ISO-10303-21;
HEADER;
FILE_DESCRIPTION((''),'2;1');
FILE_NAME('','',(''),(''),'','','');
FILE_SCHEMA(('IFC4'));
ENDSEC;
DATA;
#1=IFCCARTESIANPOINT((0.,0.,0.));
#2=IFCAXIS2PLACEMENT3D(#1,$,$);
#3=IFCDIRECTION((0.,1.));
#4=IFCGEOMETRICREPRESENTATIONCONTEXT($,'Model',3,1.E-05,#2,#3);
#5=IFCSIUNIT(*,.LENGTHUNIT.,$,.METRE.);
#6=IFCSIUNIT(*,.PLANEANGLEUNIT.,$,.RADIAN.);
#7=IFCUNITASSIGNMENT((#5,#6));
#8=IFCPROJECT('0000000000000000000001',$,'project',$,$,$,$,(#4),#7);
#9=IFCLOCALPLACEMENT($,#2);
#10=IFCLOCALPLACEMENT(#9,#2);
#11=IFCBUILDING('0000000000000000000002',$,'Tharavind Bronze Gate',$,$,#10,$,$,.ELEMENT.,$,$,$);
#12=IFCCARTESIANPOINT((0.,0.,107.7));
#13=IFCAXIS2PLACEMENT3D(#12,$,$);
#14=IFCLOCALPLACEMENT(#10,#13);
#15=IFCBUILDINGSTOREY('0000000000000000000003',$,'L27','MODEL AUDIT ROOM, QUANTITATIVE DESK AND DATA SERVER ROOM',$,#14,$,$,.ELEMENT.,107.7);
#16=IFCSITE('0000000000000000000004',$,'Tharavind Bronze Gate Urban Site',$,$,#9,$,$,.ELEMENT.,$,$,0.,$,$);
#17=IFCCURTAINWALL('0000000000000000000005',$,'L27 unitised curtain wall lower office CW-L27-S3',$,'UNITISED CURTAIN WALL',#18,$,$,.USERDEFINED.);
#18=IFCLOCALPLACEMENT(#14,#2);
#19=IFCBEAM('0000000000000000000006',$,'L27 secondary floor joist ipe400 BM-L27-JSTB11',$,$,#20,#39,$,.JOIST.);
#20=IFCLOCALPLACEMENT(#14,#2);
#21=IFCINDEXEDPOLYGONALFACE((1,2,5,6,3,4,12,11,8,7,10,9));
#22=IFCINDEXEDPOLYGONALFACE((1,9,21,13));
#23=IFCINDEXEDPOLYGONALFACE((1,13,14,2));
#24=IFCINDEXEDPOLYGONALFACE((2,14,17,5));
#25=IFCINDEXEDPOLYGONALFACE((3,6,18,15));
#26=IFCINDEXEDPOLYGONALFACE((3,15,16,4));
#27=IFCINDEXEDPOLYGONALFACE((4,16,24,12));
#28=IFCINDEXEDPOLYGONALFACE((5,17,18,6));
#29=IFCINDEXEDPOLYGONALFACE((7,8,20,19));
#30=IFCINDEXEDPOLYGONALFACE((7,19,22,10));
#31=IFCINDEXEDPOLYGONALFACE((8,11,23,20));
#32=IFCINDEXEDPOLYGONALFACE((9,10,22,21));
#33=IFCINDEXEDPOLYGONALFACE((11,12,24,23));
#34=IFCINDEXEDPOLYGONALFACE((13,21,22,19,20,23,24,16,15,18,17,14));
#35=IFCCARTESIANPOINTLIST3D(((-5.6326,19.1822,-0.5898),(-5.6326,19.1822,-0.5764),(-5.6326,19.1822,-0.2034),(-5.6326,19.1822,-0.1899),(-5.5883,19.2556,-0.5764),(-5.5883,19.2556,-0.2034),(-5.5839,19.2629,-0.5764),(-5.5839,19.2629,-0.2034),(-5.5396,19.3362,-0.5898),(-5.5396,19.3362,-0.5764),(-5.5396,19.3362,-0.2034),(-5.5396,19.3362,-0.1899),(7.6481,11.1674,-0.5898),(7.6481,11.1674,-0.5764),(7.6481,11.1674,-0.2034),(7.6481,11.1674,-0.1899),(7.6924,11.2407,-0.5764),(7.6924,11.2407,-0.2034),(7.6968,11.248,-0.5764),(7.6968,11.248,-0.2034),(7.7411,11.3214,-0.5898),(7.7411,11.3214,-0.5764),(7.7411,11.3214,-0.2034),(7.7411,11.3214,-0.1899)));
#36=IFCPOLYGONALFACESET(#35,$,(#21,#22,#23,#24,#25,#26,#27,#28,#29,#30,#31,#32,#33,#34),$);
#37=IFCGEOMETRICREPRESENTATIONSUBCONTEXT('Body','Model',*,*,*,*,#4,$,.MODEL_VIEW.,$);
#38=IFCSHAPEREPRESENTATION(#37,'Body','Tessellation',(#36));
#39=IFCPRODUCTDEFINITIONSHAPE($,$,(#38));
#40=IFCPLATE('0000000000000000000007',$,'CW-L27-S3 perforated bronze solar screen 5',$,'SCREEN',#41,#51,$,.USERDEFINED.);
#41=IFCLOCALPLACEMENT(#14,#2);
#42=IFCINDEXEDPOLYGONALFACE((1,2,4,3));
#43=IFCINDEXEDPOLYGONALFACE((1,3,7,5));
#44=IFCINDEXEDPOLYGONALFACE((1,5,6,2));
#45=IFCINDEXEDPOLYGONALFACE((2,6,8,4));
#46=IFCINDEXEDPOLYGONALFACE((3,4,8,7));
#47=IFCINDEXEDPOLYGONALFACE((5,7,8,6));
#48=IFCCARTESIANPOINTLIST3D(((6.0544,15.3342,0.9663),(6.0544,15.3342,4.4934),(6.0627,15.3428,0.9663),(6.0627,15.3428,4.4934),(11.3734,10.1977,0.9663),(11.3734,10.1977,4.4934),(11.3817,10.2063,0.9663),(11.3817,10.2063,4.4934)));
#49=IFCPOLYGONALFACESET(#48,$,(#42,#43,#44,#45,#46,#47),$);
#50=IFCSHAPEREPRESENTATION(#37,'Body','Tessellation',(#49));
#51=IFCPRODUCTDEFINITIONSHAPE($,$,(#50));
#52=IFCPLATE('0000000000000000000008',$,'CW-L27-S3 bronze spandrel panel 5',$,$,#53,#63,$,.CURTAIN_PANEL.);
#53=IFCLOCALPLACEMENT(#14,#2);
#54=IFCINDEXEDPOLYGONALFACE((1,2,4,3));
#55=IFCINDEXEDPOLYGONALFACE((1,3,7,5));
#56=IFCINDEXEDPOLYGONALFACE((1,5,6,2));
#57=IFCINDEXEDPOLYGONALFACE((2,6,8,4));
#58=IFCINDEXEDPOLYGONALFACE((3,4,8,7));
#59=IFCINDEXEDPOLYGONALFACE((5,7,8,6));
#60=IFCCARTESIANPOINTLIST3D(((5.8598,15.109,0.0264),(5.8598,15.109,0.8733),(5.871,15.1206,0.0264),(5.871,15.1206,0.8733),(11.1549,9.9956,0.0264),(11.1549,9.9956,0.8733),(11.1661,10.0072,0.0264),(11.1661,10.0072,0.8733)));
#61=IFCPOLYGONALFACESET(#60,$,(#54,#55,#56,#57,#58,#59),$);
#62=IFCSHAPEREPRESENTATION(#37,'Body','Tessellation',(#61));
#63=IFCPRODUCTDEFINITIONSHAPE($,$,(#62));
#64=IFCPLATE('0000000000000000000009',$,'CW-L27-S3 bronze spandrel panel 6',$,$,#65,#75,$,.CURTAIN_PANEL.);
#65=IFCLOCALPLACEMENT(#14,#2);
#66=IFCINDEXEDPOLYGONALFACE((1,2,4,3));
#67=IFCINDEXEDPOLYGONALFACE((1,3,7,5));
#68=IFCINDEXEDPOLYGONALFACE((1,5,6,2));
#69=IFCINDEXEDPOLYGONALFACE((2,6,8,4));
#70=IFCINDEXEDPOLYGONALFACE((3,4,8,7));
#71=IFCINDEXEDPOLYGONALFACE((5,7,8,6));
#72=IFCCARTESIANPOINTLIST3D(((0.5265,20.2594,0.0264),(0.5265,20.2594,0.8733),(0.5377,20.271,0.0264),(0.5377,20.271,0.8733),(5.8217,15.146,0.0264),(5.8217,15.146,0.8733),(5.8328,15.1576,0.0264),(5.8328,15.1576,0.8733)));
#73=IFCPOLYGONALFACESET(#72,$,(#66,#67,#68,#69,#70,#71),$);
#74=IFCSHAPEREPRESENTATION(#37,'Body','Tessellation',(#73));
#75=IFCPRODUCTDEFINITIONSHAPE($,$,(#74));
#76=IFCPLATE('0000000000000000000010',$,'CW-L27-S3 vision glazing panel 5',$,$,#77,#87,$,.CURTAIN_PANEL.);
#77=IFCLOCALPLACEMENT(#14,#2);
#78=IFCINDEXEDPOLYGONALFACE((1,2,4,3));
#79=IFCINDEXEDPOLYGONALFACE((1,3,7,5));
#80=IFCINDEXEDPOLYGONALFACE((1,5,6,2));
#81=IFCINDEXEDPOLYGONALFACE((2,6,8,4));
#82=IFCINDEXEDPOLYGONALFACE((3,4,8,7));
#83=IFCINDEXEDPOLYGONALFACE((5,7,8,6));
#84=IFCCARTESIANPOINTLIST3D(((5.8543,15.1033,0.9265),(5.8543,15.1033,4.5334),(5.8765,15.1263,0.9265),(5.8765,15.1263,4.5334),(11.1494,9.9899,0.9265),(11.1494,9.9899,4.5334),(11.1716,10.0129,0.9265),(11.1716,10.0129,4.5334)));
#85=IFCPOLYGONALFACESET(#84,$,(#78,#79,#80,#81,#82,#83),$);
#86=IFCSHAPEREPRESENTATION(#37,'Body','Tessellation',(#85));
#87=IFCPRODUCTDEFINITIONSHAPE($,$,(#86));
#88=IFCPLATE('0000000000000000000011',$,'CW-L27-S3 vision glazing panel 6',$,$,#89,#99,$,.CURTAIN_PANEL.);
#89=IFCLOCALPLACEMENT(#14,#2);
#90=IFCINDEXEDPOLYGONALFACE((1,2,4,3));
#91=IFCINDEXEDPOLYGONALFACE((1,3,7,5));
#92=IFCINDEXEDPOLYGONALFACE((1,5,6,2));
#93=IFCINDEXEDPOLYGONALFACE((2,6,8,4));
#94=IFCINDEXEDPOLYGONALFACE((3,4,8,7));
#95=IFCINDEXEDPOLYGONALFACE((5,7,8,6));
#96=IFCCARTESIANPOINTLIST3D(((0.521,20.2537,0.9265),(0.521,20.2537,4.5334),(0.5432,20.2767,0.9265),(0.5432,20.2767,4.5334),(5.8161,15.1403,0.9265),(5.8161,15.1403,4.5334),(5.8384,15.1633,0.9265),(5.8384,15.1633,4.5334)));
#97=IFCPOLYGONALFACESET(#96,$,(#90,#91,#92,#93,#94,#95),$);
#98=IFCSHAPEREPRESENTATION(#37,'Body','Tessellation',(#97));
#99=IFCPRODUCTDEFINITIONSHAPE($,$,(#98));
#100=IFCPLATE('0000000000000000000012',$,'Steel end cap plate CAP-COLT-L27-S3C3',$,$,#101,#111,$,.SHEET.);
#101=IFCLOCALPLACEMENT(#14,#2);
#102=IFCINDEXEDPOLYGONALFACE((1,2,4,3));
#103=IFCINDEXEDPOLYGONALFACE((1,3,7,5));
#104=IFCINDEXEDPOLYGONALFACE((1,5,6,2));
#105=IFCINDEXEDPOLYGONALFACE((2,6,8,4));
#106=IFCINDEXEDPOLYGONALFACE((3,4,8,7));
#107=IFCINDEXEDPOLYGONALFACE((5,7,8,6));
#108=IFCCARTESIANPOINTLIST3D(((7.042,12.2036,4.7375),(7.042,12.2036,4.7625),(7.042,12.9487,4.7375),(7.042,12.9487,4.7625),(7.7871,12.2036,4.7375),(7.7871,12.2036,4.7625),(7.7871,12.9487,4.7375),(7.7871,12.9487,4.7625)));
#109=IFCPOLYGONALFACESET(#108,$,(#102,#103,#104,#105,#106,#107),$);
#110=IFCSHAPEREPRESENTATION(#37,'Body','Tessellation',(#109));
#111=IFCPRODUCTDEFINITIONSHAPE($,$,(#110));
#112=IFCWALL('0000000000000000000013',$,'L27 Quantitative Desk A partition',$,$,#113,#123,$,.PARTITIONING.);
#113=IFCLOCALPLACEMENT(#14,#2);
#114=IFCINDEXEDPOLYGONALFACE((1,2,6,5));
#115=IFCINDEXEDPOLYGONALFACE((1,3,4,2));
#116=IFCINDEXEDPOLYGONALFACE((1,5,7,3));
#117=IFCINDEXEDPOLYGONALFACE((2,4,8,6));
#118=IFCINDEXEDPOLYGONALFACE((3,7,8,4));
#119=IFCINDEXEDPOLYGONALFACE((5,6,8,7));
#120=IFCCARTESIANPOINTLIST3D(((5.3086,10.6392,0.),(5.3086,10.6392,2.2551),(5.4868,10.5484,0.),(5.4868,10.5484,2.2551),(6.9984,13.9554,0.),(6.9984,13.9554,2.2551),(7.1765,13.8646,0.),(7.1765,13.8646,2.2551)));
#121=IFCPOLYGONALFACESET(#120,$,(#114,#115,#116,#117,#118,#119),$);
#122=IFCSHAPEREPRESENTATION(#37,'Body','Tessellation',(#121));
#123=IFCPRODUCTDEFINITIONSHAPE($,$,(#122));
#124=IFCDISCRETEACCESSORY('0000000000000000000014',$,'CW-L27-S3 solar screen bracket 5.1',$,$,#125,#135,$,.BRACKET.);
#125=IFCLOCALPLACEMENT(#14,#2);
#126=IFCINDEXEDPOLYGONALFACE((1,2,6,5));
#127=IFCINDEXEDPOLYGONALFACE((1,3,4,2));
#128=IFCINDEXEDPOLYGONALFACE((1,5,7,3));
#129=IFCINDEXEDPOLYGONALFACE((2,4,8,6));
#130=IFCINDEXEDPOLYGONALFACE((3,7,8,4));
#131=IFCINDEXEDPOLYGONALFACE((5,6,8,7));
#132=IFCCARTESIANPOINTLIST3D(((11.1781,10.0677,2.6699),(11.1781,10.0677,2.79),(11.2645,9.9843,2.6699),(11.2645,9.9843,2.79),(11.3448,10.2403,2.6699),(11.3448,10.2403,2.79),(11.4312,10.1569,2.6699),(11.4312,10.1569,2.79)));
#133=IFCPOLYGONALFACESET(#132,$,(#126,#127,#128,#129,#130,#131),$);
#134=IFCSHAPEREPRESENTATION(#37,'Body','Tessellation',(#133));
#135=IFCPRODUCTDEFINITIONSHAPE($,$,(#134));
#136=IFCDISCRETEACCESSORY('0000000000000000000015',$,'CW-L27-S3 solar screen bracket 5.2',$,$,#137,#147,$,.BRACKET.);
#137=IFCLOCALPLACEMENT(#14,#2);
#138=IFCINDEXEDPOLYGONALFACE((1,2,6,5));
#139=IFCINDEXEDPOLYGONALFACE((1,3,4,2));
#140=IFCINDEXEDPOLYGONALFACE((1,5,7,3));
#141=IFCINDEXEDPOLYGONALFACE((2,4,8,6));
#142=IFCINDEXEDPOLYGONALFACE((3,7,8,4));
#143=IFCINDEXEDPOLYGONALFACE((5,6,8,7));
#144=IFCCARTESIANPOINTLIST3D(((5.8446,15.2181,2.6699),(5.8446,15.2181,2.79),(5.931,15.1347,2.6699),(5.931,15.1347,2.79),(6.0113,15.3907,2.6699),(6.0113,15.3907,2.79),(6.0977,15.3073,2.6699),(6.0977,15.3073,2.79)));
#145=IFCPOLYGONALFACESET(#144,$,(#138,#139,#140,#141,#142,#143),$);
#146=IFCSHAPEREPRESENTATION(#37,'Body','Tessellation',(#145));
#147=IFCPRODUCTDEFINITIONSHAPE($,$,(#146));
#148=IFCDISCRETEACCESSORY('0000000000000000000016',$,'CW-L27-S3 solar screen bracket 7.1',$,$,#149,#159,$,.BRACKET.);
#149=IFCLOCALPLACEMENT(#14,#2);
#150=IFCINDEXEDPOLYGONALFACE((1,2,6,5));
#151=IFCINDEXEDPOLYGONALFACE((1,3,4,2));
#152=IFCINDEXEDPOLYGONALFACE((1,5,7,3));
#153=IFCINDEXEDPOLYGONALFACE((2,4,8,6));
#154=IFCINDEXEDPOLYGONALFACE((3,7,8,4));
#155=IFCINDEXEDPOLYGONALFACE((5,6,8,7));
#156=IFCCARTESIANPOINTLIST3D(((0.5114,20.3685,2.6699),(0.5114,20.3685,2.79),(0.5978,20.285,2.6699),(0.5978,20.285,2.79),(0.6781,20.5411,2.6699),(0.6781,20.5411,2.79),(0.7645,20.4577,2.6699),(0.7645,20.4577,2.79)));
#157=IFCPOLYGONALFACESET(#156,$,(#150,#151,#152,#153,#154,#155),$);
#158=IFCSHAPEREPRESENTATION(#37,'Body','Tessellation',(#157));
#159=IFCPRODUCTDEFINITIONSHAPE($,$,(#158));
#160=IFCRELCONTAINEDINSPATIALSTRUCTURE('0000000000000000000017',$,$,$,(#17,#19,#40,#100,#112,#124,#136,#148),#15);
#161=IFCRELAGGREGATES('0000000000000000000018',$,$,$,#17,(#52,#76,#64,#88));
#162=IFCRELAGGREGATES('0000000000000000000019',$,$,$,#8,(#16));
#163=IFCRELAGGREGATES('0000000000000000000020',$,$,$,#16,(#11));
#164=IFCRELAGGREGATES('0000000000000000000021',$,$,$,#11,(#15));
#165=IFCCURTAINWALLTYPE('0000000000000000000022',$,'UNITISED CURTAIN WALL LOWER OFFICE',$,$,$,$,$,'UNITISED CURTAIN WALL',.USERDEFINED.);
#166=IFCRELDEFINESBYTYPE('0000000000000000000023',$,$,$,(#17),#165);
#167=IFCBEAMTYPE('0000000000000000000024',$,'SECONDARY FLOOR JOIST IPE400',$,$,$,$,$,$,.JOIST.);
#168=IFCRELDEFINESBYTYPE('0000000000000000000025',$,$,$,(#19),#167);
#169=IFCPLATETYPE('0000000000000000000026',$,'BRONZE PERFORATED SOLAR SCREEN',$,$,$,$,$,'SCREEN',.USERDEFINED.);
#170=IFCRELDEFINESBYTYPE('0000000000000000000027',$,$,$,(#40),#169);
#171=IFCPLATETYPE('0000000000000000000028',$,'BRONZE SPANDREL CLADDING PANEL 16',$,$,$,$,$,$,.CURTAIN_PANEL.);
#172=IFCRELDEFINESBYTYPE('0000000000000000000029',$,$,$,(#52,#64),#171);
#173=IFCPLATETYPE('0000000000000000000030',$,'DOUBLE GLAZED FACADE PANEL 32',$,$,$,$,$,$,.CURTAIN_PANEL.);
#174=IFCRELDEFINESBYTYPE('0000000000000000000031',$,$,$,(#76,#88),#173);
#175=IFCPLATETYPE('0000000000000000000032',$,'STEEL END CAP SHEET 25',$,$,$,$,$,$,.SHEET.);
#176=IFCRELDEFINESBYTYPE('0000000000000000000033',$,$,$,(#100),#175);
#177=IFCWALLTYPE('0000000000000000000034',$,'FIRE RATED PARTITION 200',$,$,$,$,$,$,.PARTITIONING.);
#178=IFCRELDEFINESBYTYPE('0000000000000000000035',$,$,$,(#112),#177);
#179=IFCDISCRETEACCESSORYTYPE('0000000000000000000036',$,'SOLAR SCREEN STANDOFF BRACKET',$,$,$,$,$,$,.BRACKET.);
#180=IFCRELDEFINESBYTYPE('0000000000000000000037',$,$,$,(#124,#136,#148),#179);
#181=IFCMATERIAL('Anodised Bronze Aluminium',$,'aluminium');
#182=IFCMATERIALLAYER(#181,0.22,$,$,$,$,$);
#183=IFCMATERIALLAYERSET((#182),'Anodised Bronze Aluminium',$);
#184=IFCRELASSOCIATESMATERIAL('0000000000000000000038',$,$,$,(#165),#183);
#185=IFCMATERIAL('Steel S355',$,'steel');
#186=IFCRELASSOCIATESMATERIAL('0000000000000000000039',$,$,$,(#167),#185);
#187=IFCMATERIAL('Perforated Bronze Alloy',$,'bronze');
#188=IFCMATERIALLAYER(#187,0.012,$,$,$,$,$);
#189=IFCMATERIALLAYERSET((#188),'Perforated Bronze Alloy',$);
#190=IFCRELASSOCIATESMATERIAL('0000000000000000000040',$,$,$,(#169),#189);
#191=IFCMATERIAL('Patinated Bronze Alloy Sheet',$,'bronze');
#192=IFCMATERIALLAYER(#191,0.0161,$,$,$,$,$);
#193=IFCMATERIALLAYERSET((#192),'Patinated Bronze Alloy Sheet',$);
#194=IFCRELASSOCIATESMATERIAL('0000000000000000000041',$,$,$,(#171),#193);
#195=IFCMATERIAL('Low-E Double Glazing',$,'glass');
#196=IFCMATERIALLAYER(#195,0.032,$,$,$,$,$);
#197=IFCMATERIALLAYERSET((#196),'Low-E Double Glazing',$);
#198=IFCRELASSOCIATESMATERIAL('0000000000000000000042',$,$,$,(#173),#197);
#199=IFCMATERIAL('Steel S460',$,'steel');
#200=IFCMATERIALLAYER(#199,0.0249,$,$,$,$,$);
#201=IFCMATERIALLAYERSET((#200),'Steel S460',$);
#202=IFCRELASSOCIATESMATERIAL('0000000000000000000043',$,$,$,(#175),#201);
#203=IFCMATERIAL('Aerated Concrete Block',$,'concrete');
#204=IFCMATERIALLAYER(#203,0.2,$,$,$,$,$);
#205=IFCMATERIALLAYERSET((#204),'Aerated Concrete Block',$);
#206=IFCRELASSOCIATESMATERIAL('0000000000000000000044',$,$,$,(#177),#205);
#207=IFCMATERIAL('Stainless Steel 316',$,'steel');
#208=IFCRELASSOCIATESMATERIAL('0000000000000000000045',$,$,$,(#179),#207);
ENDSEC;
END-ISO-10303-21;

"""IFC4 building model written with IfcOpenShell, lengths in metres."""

from ifc_helpers import new_model, si_unit, direction, frame, frame_2d, origin, origin_2d, place, context, subcontext, project, spatial, rectangle, i_section, extrude, material, layer, layer_set, material_profile, profile_set, type_object, element, aggregate, save


model = new_model("IFC4")

# Units and contexts
model_context = context("Model", 3, precision=1e-05, world=origin(), true_north=direction((0.0, 1.0)))
body_context = subcontext(model_context, "Body", "Model", "MODEL_VIEW")
ifc_project = project(units=[si_unit("LENGTHUNIT", "METRE"), si_unit("PLANEANGLEUNIT", "RADIAN")], contexts=[model_context])

# Site, building, storey
site_placement = place(None, origin())
site = spatial("IfcSite", under=ifc_project, at=site_placement, Name="Tharavind Bronze Gate Urban Site", CompositionType="ELEMENT", RefElevation=0.0)
building_placement = place(site_placement, origin())
building = spatial("IfcBuilding", under=site, at=building_placement, Name="Tharavind Bronze Gate", CompositionType="ELEMENT")
storey_placement = place(building_placement, frame((0.0, 0.0, 107.7)))
storey = spatial("IfcBuildingStorey", under=building, at=storey_placement, Name="L27", Description="MODEL AUDIT ROOM, QUANTITATIVE DESK AND DATA SERVER ROOM", CompositionType="ELEMENT", Elevation=107.7)

# Shared definitions
ifc_material_1 = material(Name="Steel S460", Category="steel")

# Curtain wall
ifc_material_2 = material(Name="Anodised Bronze Aluminium", Category="aluminium")
ifc_layer_1 = layer(ifc_material_2, 0.22)
ifc_layer_set_1 = layer_set([ifc_layer_1], Name="Anodised Bronze Aluminium")
curtain_wall_type = type_object("IfcCurtainWallType", Name="UNITISED CURTAIN WALL LOWER OFFICE", ElementType="UNITISED CURTAIN WALL", PredefinedType="USERDEFINED", material=ifc_layer_set_1)
curtain_wall_placement = place(storey_placement, origin())
curtain_wall = element("IfcCurtainWall", 1, at=curtain_wall_placement, inside=storey, type_object=curtain_wall_type, Name="L27 unitised curtain wall lower office CW-L27-S3", ObjectType="UNITISED CURTAIN WALL", PredefinedType="USERDEFINED")

# Beam
ifc_material_3 = material(Name="Steel S355", Category="steel")
ifc_material_profile_1 = material_profile(ifc_material_3, i_section(OverallWidth=0.1799, OverallDepth=0.3999, WebThickness=0.0085, FlangeThickness=0.0134, at=origin_2d()), Name="IPE400")
ifc_profile_set_1 = profile_set([ifc_material_profile_1], Name="Steel S355")
beam_type_1 = type_object("IfcBeamType", Name="SECONDARY FLOOR JOIST IPE400", PredefinedType="JOIST", material=ifc_profile_set_1)
beam_1_placement = place(storey_placement, frame((7.6946, 11.2444, -0.3899), z_axis=(-0.856169, 0.516695, 0.0), x_axis=(-0.516695, -0.856169, 0.0)))
element("IfcBeam", 2, at=beam_1_placement, inside=storey, type_object=beam_type_1, Name="L27 secondary floor joist ipe400 BM-L27-JSTB11", PredefinedType="JOIST", context=body_context, shape_type="SweptSolid", body=[
    extrude(i_section(OverallWidth=0.1799, OverallDepth=0.3999, WebThickness=0.0085, FlangeThickness=0.0134, at=origin_2d()), origin(), (0.0, 0.0, 1.0), 15.5117),
])

# Plates
ifc_material_4 = material(Name="Perforated Bronze Alloy", Category="bronze")
ifc_layer_2 = layer(ifc_material_4, 0.012)
ifc_layer_set_2 = layer_set([ifc_layer_2], Name="Perforated Bronze Alloy")
plate_type_1 = type_object("IfcPlateType", Name="BRONZE PERFORATED SOLAR SCREEN", ElementType="SCREEN", PredefinedType="USERDEFINED", material=ifc_layer_set_2)
plate_1_placement = place(storey_placement, frame((8.718, 12.7703, 0.9663), z_axis=(0.0, 0.0, 1.0), x_axis=(-0.719341, 0.694657, 0.0)))
element("IfcPlate", 3, at=plate_1_placement, inside=storey, type_object=plate_type_1, Name="CW-L27-S3 perforated bronze solar screen 5", ObjectType="SCREEN", PredefinedType="USERDEFINED", context=body_context, shape_type="SweptSolid", body=[
    extrude(rectangle(XDim=7.3943, YDim=0.012, at=origin_2d()), origin(), (0.0, 0.0, 1.0), 3.5271),
])
ifc_material_5 = material(Name="Patinated Bronze Alloy Sheet", Category="bronze")
ifc_layer_3 = layer(ifc_material_5, 0.0161)
ifc_layer_set_3 = layer_set([ifc_layer_3], Name="Patinated Bronze Alloy Sheet")
plate_type_2 = type_object("IfcPlateType", Name="BRONZE SPANDREL CLADDING PANEL 16", PredefinedType="CURTAIN_PANEL", material=ifc_layer_set_3)
plate_2_placement = place(storey_placement, frame((8.5129, 12.5581, 0.0264), z_axis=(0.0, 0.0, 1.0), x_axis=(-0.719341, 0.694657, 0.0)))
plate_2 = element("IfcPlate", 4, at=plate_2_placement, type_object=plate_type_2, Name="CW-L27-S3 bronze spandrel panel 5", PredefinedType="CURTAIN_PANEL", context=body_context, shape_type="SweptSolid", body=[
    extrude(rectangle(XDim=7.3611, YDim=0.0161, at=origin_2d()), origin(), (0.0, 0.0, 1.0), 0.8469),
])
plate_3_placement = place(storey_placement, frame((3.1797, 17.7085, 0.0264), z_axis=(0.0, 0.0, 1.0), x_axis=(-0.719341, 0.694657, 0.0)))
plate_3 = element("IfcPlate", 5, at=plate_3_placement, type_object=plate_type_2, Name="CW-L27-S3 bronze spandrel panel 6", PredefinedType="CURTAIN_PANEL", context=body_context, shape_type="SweptSolid", body=[
    extrude(rectangle(XDim=7.3611, YDim=0.0161, at=origin_2d()), origin(), (0.0, 0.0, 1.0), 0.8469),
])
ifc_material_6 = material(Name="Low-E Double Glazing", Category="glass")
ifc_layer_4 = layer(ifc_material_6, 0.032)
ifc_layer_set_4 = layer_set([ifc_layer_4], Name="Low-E Double Glazing")
plate_type_3 = type_object("IfcPlateType", Name="DOUBLE GLAZED FACADE PANEL 32", PredefinedType="CURTAIN_PANEL", material=ifc_layer_set_4)
plate_4_placement = place(storey_placement, frame((8.5129, 12.5581, 0.9265), z_axis=(0.0, 0.0, 1.0), x_axis=(-0.719341, 0.694657, 0.0)))
plate_4 = element("IfcPlate", 6, at=plate_4_placement, type_object=plate_type_3, Name="CW-L27-S3 vision glazing panel 5", PredefinedType="CURTAIN_PANEL", context=body_context, shape_type="SweptSolid", body=[
    extrude(rectangle(XDim=7.3611, YDim=0.032, at=origin_2d()), origin(), (0.0, 0.0, 1.0), 3.6069),
])
plate_5_placement = place(storey_placement, frame((3.1797, 17.7085, 0.9265), z_axis=(0.0, 0.0, 1.0), x_axis=(-0.719341, 0.694657, 0.0)))
plate_5 = element("IfcPlate", 7, at=plate_5_placement, type_object=plate_type_3, Name="CW-L27-S3 vision glazing panel 6", PredefinedType="CURTAIN_PANEL", context=body_context, shape_type="SweptSolid", body=[
    extrude(rectangle(XDim=7.3611, YDim=0.032, at=origin_2d()), origin(), (0.0, 0.0, 1.0), 3.6069),
])
aggregate(curtain_wall, [plate_2, plate_4, plate_3, plate_5])
ifc_layer_5 = layer(ifc_material_1, 0.0249)
ifc_layer_set_5 = layer_set([ifc_layer_5], Name="Steel S460")
plate_type_4 = type_object("IfcPlateType", Name="STEEL END CAP SHEET 25", PredefinedType="SHEET", material=ifc_layer_set_5)
plate_6_placement = place(storey_placement, frame((7.4146, 12.5762, 4.7375), z_axis=(0.0, 0.0, 1.0), x_axis=(1.0, 0.0, 0.0)))
element("IfcPlate", 8, at=plate_6_placement, inside=storey, type_object=plate_type_4, Name="Steel end cap plate CAP-COLT-L27-S3C3", PredefinedType="SHEET", context=body_context, shape_type="SweptSolid", body=[
    extrude(rectangle(XDim=0.7451, YDim=0.7451, at=origin_2d()), origin(), (0.0, 0.0, 1.0), 0.0249),
])

# Wall
ifc_material_7 = material(Name="Aerated Concrete Block", Category="concrete")
ifc_layer_6 = layer(ifc_material_7, 0.2)
ifc_layer_set_6 = layer_set([ifc_layer_6], Name="Aerated Concrete Block")
wall_type = type_object("IfcWallType", Name="FIRE RATED PARTITION 200", PredefinedType="PARTITIONING", material=ifc_layer_set_6)
wall_1_placement = place(storey_placement, frame((7.0874, 13.9099, 0.0), z_axis=(0.0, 0.0, 1.0), x_axis=(-0.453997, -0.891003, 0.0)))
element("IfcWall", 9, at=wall_1_placement, inside=storey, type_object=wall_type, Name="L27 Quantitative Desk A partition", PredefinedType="PARTITIONING", context=body_context, shape_type="SweptSolid", body=[
    extrude(rectangle(XDim=3.7219, YDim=0.2, at=frame_2d((1.8608, 0.0))), origin(), (0.0, 0.0, 1.0), 2.2551),
])

# Discrete accessories
ifc_material_8 = material(Name="Stainless Steel 316", Category="steel")
discrete_accessory_type = type_object("IfcDiscreteAccessoryType", Name="SOLAR SCREEN STANDOFF BRACKET", PredefinedType="BRACKET", material=ifc_material_8)
for number, where, z_axis, x_axis, name in (
    (10, (11.3047, 10.1123, 2.6699), (0.0, 0.0, 1.0), (-0.719341, 0.694657, 0.0), "CW-L27-S3 solar screen bracket 5.1"),
    (11, (5.9712, 15.2627, 2.6699), (0.0, 0.0, 1.0), (-0.719341, 0.694657, 0.0), "CW-L27-S3 solar screen bracket 5.2"),
    (12, (0.6379, 20.4131, 2.6699), (0.0, 0.0, 1.0), (-0.719341, 0.694657, 0.0), "CW-L27-S3 solar screen bracket 7.1"),
):
    element("IfcDiscreteAccessory", number, at=place(storey_placement, frame(where, z_axis=z_axis, x_axis=x_axis)), inside=storey, type_object=discrete_accessory_type, Name=name, PredefinedType="BRACKET", context=body_context, shape_type="SweptSolid", body=[
        extrude(rectangle(XDim=0.1201, YDim=0.24, at=origin_2d()), origin(), (0.0, 0.0, 1.0), 0.1201),
    ])

save(model, "model.ifc")
